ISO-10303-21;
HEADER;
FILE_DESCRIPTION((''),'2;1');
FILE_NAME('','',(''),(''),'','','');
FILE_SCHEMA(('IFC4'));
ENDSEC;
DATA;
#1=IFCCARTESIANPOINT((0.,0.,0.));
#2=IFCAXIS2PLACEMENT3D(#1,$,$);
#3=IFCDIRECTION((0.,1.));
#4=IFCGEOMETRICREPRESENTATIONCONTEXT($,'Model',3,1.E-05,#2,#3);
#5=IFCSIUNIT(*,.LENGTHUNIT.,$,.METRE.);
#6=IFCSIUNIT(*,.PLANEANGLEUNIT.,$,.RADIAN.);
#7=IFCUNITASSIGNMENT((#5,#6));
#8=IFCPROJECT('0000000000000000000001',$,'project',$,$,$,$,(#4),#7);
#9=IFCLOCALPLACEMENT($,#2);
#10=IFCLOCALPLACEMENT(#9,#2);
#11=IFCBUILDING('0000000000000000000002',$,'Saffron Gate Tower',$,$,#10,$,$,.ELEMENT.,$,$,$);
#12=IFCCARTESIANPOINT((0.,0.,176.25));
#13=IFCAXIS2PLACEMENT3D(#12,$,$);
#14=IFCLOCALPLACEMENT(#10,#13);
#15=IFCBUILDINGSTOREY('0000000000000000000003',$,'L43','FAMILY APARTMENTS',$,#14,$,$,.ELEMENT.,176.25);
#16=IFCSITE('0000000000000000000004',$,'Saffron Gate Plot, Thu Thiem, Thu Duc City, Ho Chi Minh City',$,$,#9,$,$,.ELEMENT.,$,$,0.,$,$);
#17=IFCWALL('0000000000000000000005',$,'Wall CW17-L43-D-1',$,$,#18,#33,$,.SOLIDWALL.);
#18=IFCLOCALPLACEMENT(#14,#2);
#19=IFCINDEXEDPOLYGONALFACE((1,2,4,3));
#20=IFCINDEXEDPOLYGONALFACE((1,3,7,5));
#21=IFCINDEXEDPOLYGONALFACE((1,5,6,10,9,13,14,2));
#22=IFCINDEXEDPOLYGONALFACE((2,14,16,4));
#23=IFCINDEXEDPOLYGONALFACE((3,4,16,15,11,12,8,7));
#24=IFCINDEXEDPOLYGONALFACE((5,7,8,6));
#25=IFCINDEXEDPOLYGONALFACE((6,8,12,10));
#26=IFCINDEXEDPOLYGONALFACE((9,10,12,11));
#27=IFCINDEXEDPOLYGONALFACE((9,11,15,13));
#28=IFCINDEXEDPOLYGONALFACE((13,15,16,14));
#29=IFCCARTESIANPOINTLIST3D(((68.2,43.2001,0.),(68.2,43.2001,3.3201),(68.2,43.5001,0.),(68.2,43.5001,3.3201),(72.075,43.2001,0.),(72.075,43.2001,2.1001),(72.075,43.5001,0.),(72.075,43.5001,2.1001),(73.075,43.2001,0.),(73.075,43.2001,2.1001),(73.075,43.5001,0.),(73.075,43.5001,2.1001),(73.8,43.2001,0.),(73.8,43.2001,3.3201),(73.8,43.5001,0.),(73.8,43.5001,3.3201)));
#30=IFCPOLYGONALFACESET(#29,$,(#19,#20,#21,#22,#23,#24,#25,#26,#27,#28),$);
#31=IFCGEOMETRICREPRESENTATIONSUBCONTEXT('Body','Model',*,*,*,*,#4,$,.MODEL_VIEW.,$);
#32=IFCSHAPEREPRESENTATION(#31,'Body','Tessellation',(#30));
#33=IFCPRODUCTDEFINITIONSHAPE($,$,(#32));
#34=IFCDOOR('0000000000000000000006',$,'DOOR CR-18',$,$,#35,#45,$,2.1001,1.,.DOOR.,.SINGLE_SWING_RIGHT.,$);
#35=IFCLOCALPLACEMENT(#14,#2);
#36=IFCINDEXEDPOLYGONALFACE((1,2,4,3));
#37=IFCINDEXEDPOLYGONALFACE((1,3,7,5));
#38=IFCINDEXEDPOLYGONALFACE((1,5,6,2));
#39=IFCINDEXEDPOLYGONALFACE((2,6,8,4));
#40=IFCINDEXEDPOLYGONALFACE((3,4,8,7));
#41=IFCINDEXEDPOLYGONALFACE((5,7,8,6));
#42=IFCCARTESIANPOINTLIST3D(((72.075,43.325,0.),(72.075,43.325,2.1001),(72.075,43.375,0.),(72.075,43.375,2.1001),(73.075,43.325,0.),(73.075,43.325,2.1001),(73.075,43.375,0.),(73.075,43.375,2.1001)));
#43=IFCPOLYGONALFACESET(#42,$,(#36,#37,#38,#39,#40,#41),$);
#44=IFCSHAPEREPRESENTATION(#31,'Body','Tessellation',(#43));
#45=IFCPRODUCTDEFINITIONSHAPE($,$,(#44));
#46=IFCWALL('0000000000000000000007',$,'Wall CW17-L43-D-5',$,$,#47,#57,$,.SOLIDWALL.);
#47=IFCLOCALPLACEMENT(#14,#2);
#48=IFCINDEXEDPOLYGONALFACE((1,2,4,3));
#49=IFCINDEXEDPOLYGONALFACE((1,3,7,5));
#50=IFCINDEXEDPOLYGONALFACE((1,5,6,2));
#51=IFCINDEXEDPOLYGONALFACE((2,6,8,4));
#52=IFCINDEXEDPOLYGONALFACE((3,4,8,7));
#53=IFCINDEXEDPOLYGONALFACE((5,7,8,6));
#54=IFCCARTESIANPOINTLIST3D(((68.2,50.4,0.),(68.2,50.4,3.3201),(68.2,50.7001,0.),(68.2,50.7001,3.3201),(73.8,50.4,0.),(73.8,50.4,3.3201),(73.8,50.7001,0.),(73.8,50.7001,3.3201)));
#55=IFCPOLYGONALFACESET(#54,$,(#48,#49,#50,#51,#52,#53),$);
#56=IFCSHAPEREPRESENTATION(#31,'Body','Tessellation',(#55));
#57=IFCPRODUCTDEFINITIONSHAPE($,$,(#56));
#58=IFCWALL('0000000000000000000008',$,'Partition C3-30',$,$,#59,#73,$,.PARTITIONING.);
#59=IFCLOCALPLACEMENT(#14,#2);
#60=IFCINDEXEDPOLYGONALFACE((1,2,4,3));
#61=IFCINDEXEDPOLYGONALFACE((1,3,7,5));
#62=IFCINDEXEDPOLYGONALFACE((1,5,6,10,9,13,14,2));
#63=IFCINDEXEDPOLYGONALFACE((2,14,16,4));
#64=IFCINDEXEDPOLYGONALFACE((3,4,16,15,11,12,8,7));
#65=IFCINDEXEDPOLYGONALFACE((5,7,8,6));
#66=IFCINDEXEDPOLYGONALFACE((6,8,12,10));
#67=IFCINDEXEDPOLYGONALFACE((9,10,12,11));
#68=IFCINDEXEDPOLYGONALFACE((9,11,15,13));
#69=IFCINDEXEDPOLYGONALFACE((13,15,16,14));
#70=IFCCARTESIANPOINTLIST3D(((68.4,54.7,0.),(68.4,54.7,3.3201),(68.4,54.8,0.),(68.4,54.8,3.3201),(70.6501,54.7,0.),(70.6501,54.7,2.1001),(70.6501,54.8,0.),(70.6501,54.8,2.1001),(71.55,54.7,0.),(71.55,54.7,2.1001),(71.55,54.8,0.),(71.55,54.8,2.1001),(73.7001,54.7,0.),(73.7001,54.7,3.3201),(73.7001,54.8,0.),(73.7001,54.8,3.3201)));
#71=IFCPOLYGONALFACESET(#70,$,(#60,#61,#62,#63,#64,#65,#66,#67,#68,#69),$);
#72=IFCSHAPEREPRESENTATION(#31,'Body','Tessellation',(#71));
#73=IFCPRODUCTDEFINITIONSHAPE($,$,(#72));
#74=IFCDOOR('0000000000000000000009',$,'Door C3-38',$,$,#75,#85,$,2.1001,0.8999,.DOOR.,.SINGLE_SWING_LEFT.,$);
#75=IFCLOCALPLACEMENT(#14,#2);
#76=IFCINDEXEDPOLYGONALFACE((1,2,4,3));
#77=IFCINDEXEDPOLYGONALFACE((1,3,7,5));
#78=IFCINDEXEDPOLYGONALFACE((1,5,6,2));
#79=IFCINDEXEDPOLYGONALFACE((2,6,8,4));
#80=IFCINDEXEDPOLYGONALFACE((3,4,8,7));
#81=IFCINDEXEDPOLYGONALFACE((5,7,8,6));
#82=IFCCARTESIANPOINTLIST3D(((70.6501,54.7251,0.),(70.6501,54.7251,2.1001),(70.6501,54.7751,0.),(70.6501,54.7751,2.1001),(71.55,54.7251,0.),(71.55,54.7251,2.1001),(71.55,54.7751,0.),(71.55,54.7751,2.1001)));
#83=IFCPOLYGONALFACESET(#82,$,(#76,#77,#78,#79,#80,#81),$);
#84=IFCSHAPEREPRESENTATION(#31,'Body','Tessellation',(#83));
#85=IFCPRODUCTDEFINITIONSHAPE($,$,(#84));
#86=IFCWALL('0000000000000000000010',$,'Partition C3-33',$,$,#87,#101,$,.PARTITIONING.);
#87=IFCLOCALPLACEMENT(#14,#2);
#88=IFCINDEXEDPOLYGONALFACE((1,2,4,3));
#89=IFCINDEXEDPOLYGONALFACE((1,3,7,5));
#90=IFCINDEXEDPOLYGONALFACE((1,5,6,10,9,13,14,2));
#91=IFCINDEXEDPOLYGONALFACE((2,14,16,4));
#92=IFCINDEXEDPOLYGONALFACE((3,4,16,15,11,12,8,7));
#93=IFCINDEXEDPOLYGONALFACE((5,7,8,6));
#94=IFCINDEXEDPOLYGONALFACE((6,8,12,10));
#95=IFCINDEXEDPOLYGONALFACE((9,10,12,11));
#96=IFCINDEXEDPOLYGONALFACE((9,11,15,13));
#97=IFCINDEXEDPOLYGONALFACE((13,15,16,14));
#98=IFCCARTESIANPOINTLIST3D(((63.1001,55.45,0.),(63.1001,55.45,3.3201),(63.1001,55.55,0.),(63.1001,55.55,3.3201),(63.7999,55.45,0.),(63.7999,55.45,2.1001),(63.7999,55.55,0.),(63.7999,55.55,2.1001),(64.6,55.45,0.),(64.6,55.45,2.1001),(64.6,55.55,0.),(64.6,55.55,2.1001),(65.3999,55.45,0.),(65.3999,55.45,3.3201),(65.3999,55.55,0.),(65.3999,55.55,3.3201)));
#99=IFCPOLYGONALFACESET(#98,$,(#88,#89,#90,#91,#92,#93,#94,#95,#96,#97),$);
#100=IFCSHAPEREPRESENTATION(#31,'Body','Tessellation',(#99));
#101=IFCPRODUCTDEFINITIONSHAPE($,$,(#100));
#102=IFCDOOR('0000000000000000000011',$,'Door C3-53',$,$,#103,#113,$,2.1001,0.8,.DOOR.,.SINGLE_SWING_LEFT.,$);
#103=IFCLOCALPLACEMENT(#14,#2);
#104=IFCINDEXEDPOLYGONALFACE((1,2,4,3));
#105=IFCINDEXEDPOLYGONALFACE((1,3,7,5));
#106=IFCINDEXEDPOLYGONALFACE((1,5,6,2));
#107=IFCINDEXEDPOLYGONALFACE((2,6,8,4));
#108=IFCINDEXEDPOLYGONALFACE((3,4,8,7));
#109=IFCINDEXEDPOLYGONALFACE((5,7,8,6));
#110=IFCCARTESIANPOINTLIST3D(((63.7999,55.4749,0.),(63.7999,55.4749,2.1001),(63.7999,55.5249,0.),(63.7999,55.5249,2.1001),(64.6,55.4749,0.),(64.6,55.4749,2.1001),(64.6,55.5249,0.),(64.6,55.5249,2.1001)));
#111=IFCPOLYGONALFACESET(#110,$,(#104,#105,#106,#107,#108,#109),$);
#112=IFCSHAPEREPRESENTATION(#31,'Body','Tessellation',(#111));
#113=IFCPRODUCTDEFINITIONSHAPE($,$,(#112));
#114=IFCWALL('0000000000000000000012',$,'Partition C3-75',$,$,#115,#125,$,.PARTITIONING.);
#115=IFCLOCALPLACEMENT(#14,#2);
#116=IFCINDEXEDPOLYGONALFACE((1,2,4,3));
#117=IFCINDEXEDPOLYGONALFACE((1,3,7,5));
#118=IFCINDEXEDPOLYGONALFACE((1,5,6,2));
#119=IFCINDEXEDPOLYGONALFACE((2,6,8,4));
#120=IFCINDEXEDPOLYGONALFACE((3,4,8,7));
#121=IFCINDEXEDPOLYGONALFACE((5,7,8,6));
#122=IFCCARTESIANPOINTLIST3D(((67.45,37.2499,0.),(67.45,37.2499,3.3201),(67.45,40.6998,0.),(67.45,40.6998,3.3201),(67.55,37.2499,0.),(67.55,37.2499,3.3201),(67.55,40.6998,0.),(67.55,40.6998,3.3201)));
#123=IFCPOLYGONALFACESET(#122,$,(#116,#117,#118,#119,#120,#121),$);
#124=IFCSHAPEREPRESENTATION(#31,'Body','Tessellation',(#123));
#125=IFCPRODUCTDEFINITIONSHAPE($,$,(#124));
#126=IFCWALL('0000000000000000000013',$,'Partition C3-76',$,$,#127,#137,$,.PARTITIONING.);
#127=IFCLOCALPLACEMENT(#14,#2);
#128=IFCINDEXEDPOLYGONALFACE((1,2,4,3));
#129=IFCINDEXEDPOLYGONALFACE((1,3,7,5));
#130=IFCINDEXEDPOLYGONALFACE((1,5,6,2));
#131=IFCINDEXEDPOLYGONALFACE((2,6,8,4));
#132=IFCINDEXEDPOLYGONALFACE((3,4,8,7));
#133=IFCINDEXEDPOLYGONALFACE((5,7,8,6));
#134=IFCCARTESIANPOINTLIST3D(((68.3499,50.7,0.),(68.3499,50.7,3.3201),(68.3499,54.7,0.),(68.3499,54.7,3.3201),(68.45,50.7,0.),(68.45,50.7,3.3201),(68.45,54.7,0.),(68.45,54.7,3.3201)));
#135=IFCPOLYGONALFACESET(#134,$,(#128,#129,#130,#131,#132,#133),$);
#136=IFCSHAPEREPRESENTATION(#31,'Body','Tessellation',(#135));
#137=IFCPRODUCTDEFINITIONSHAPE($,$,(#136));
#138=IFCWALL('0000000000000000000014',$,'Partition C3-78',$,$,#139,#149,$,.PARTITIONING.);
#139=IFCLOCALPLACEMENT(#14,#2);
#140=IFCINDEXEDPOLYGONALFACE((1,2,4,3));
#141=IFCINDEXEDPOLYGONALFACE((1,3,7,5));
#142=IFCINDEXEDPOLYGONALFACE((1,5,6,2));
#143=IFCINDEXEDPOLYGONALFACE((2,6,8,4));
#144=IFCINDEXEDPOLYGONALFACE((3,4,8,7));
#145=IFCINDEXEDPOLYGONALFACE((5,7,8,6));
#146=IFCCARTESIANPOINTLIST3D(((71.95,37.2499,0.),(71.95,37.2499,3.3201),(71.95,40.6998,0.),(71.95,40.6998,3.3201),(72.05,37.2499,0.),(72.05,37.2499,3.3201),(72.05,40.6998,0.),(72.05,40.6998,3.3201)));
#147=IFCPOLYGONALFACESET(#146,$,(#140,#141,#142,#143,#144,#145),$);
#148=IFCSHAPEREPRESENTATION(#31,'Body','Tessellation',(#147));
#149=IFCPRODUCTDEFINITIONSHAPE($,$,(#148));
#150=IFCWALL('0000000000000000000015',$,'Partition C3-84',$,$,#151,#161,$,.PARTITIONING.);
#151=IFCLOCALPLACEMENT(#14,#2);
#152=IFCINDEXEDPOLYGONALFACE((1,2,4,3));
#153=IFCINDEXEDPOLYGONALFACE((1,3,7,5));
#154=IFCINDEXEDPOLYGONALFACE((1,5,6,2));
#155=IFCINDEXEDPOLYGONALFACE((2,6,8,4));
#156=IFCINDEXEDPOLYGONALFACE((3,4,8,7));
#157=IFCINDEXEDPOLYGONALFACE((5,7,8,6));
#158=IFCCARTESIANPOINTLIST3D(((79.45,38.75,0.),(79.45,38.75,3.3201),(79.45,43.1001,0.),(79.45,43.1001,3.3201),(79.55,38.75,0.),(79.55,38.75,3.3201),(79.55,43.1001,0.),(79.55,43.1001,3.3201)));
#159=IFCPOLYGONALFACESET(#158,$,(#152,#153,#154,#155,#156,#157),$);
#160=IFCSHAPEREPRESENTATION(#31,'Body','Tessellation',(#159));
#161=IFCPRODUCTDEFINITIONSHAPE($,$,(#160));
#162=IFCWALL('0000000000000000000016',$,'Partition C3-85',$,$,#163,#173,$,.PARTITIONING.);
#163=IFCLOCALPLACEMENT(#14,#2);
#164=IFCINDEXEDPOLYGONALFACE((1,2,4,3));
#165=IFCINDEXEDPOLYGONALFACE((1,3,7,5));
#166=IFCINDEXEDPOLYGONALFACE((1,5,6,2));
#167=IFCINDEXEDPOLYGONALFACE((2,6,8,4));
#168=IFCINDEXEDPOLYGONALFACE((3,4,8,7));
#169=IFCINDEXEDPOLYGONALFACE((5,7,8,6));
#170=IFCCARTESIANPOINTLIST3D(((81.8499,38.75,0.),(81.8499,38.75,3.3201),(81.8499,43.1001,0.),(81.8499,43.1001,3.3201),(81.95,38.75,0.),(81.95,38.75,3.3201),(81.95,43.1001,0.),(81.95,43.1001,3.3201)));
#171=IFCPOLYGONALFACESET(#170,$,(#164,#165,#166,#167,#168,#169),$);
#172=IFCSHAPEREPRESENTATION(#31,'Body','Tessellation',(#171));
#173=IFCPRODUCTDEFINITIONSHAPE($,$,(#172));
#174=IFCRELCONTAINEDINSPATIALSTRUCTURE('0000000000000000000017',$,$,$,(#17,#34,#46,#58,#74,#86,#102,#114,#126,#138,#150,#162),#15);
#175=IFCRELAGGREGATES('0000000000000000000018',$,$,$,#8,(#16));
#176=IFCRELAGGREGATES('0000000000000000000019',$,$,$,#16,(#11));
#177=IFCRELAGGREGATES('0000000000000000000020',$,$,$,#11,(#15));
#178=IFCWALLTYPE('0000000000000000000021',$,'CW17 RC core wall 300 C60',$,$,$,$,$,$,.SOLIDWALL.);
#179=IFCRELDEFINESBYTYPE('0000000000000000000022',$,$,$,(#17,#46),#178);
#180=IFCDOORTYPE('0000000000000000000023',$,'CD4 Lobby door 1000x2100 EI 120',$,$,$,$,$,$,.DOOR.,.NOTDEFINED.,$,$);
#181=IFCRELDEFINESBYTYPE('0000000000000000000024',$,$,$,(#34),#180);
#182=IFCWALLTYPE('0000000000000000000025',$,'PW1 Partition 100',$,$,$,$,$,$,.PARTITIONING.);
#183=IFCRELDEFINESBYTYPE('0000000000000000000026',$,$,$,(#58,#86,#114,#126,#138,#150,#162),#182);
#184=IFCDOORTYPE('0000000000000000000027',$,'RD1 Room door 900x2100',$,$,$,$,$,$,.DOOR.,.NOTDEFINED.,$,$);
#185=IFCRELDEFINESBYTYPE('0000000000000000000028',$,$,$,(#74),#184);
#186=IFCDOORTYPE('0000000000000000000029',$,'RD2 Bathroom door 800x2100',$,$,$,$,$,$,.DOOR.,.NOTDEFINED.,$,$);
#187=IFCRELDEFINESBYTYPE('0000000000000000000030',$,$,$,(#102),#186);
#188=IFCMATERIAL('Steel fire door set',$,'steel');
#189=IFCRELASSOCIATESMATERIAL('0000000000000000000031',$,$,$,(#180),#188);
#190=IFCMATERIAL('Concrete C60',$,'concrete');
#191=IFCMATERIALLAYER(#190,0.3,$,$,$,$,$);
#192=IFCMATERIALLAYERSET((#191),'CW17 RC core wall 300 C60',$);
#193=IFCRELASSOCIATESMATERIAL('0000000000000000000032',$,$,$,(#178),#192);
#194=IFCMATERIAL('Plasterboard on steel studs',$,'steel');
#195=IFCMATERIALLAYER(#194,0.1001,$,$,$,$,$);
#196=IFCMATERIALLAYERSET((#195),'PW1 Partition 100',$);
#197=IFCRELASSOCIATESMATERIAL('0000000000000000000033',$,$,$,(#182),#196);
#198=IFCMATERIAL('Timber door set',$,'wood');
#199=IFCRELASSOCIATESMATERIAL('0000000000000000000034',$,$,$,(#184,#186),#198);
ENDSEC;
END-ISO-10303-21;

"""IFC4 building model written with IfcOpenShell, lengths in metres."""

from ifc_helpers import new_model, si_unit, direction, frame, frame_2d, origin, place, context, subcontext, project, spatial, rectangle, extrude, material, layer, layer_set, type_object, element, fill, save


model = new_model("IFC4")

# Units and contexts
model_context = context("Model", 3, precision=1e-05, world=origin(), true_north=direction((0.0, 1.0)))
body_context = subcontext(model_context, "Body", "Model", "MODEL_VIEW")
ifc_project = project(units=[si_unit("LENGTHUNIT", "METRE"), si_unit("PLANEANGLEUNIT", "RADIAN")], contexts=[model_context])

# Site, building, storey
site_placement = place(None, origin())
site = spatial("IfcSite", under=ifc_project, at=site_placement, Name="Saffron Gate Plot, Thu Thiem, Thu Duc City, Ho Chi Minh City", CompositionType="ELEMENT", RefElevation=0.0)
building_placement = place(site_placement, origin())
building = spatial("IfcBuilding", under=site, at=building_placement, Name="Saffron Gate Tower", CompositionType="ELEMENT")
storey_placement = place(building_placement, frame((0.0, 0.0, 176.25)))
storey = spatial("IfcBuildingStorey", under=building, at=storey_placement, Name="L43", Description="FAMILY APARTMENTS", CompositionType="ELEMENT", Elevation=176.25)

# Shared definitions
ifc_material_1 = material(Name="Steel fire door set", Category="steel")
door_type_1 = type_object("IfcDoorType", Name="CD4 Lobby door 1000x2100 EI 120", OperationType="NOTDEFINED", PredefinedType="DOOR", material=ifc_material_1)

# Shared definitions
ifc_material_2 = material(Name="Concrete C60", Category="concrete")

# Wall, opening, door
ifc_layer_1 = layer(ifc_material_2, 0.3)
ifc_layer_set_1 = layer_set([ifc_layer_1], Name="CW17 RC core wall 300 C60")
wall_type_1 = type_object("IfcWallType", Name="CW17 RC core wall 300 C60", PredefinedType="SOLIDWALL", material=ifc_layer_set_1)
wall_1_placement = place(storey_placement, frame((68.2, 43.3501, 0.0), z_axis=(0.0, 0.0, 1.0), x_axis=(1.0, 0.0, 0.0)))
wall_1 = element("IfcWall", 1, at=wall_1_placement, inside=storey, type_object=wall_type_1, Name="Wall CW17-L43-D-1", PredefinedType="SOLIDWALL", context=body_context, shape_type="SweptSolid", body=[
    extrude(rectangle(XDim=5.6001, YDim=0.3, at=frame_2d((2.8, 0.0))), origin(), (0.0, 0.0, 1.0), 3.3201),
])
opening_1_placement = place(wall_1_placement, frame((3.875, 0.0, 0.0)))
opening_1 = element("IfcOpeningElement", 2, at=opening_1_placement, cuts=wall_1, PredefinedType="OPENING", context=body_context, shape_type="SweptSolid", body=[
    extrude(rectangle(XDim=1.0, YDim=2.1001, at=frame_2d((0.5, 1.05))), frame((0.0, 0.1602, 0.0), z_axis=(0.0, -1.0, 0.0), x_axis=(1.0, 0.0, 0.0)), (0.0, 0.0, 1.0), 0.3201),
])
door_1_placement = place(opening_1_placement, origin())
door_1 = element("IfcDoor", 3, at=door_1_placement, inside=storey, type_object=door_type_1, Name="DOOR CR-18", OperationType="SINGLE_SWING_RIGHT", OverallHeight=2.1001, OverallWidth=1.0, PredefinedType="DOOR", context=body_context, shape_type="SweptSolid", body=[
    extrude(rectangle(XDim=1.0, YDim=2.1001, at=frame_2d((0.5, 1.05))), frame((0.0, 0.0249, 0.0), z_axis=(0.0, -1.0, 0.0), x_axis=(1.0, 0.0, 0.0)), (0.0, 0.0, 1.0), 0.05),
])
fill(opening_1, door_1)

# Wall
wall_2_placement = place(storey_placement, frame((68.2, 50.55, 0.0), z_axis=(0.0, 0.0, 1.0), x_axis=(1.0, 0.0, 0.0)))
element("IfcWall", 4, at=wall_2_placement, inside=storey, type_object=wall_type_1, Name="Wall CW17-L43-D-5", PredefinedType="SOLIDWALL", context=body_context, shape_type="SweptSolid", body=[
    extrude(rectangle(XDim=5.6001, YDim=0.3, at=frame_2d((2.8, 0.0))), origin(), (0.0, 0.0, 1.0), 3.3201),
])

# Walls, openings, doors
ifc_material_3 = material(Name="Plasterboard on steel studs", Category="steel")
ifc_layer_2 = layer(ifc_material_3, 0.1001)
ifc_layer_set_2 = layer_set([ifc_layer_2], Name="PW1 Partition 100")
wall_type_2 = type_object("IfcWallType", Name="PW1 Partition 100", PredefinedType="PARTITIONING", material=ifc_layer_set_2)
wall_3_placement = place(storey_placement, frame((73.7, 54.75, 0.0), z_axis=(0.0, 0.0, 1.0), x_axis=(-1.0, 0.0, 0.0)))
wall_3 = element("IfcWall", 5, at=wall_3_placement, inside=storey, type_object=wall_type_2, Name="Partition C3-30", PredefinedType="PARTITIONING", context=body_context, shape_type="SweptSolid", body=[
    extrude(rectangle(XDim=5.3, YDim=0.1001, at=frame_2d((2.6499, 0.0))), origin(), (0.0, 0.0, 1.0), 3.3201),
])
opening_2_placement = place(wall_3_placement, frame((2.1499, 0.0, 0.0)))
opening_2 = element("IfcOpeningElement", 6, at=opening_2_placement, cuts=wall_3, PredefinedType="OPENING", context=body_context, shape_type="SweptSolid", body=[
    extrude(rectangle(XDim=0.8999, YDim=2.1001, at=frame_2d((0.45, 1.05))), frame((0.0, 0.0601, 0.0), z_axis=(0.0, -1.0, 0.0), x_axis=(1.0, 0.0, 0.0)), (0.0, 0.0, 1.0), 0.1201),
])
ifc_material_4 = material(Name="Timber door set", Category="wood")
door_type_2 = type_object("IfcDoorType", Name="RD1 Room door 900x2100", OperationType="NOTDEFINED", PredefinedType="DOOR", material=ifc_material_4)
door_2_placement = place(opening_2_placement, origin())
door_2 = element("IfcDoor", 7, at=door_2_placement, inside=storey, type_object=door_type_2, Name="Door C3-38", OperationType="SINGLE_SWING_LEFT", OverallHeight=2.1001, OverallWidth=0.8999, PredefinedType="DOOR", context=body_context, shape_type="SweptSolid", body=[
    extrude(rectangle(XDim=0.8999, YDim=2.1001, at=frame_2d((0.45, 1.05))), frame((0.0, 0.0249, 0.0), z_axis=(0.0, -1.0, 0.0), x_axis=(1.0, 0.0, 0.0)), (0.0, 0.0, 1.0), 0.05),
])
fill(opening_2, door_2)
wall_4_placement = place(storey_placement, frame((63.1001, 55.5, 0.0), z_axis=(0.0, 0.0, 1.0), x_axis=(1.0, 0.0, 0.0)))
wall_4 = element("IfcWall", 8, at=wall_4_placement, inside=storey, type_object=wall_type_2, Name="Partition C3-33", PredefinedType="PARTITIONING", context=body_context, shape_type="SweptSolid", body=[
    extrude(rectangle(XDim=2.2998, YDim=0.1001, at=frame_2d((1.1499, 0.0))), origin(), (0.0, 0.0, 1.0), 3.3201),
])
opening_3_placement = place(wall_4_placement, frame((0.7, 0.0, 0.0)))
opening_3 = element("IfcOpeningElement", 9, at=opening_3_placement, cuts=wall_4, PredefinedType="OPENING", context=body_context, shape_type="SweptSolid", body=[
    extrude(rectangle(XDim=0.8, YDim=2.1001, at=frame_2d((0.3999, 1.05))), frame((0.0, 0.0601, 0.0), z_axis=(0.0, -1.0, 0.0), x_axis=(1.0, 0.0, 0.0)), (0.0, 0.0, 1.0), 0.1201),
])
door_type_3 = type_object("IfcDoorType", Name="RD2 Bathroom door 800x2100", OperationType="NOTDEFINED", PredefinedType="DOOR", material=ifc_material_4)
door_3_placement = place(opening_3_placement, origin())
door_3 = element("IfcDoor", 10, at=door_3_placement, inside=storey, type_object=door_type_3, Name="Door C3-53", OperationType="SINGLE_SWING_LEFT", OverallHeight=2.1001, OverallWidth=0.8, PredefinedType="DOOR", context=body_context, shape_type="SweptSolid", body=[
    extrude(rectangle(XDim=0.8, YDim=2.1001, at=frame_2d((0.3999, 1.05))), frame((0.0, 0.0249, 0.0), z_axis=(0.0, -1.0, 0.0), x_axis=(1.0, 0.0, 0.0)), (0.0, 0.0, 1.0), 0.05),
])
fill(opening_3, door_3)

# Walls
wall_5_placement = place(storey_placement, frame((67.5, 40.7, 0.0), z_axis=(0.0, 0.0, 1.0), x_axis=(0.0, -1.0, 0.0)))
element("IfcWall", 11, at=wall_5_placement, inside=storey, type_object=wall_type_2, Name="Partition C3-75", PredefinedType="PARTITIONING", context=body_context, shape_type="SweptSolid", body=[
    extrude(rectangle(XDim=3.45, YDim=0.1001, at=frame_2d((1.7251, 0.0))), origin(), (0.0, 0.0, 1.0), 3.3201),
])
wall_6_placement = place(storey_placement, frame((68.3999, 54.7, 0.0), z_axis=(0.0, 0.0, 1.0), x_axis=(0.0, -1.0, 0.0)))
element("IfcWall", 12, at=wall_6_placement, inside=storey, type_object=wall_type_2, Name="Partition C3-76", PredefinedType="PARTITIONING", context=body_context, shape_type="SweptSolid", body=[
    extrude(rectangle(XDim=4.0, YDim=0.1001, at=frame_2d((2.0, 0.0))), origin(), (0.0, 0.0, 1.0), 3.3201),
])
wall_7_placement = place(storey_placement, frame((72.0, 40.7, 0.0), z_axis=(0.0, 0.0, 1.0), x_axis=(0.0, -1.0, 0.0)))
element("IfcWall", 13, at=wall_7_placement, inside=storey, type_object=wall_type_2, Name="Partition C3-78", PredefinedType="PARTITIONING", context=body_context, shape_type="SweptSolid", body=[
    extrude(rectangle(XDim=3.45, YDim=0.1001, at=frame_2d((1.7251, 0.0))), origin(), (0.0, 0.0, 1.0), 3.3201),
])
for number, where, z_axis, x_axis, name in (
    (14, (79.5, 43.1001, 0.0), (0.0, 0.0, 1.0), (0.0, -1.0, 0.0), "Partition C3-84"),
    (15, (81.8999, 43.1001, 0.0), (0.0, 0.0, 1.0), (0.0, -1.0, 0.0), "Partition C3-85"),
):
    element("IfcWall", number, at=place(storey_placement, frame(where, z_axis=z_axis, x_axis=x_axis)), inside=storey, type_object=wall_type_2, Name=name, PredefinedType="PARTITIONING", context=body_context, shape_type="SweptSolid", body=[
        extrude(rectangle(XDim=4.3501, YDim=0.1001, at=frame_2d((2.175, 0.0))), origin(), (0.0, 0.0, 1.0), 3.3201),
    ])

save(model, "model.ifc")
